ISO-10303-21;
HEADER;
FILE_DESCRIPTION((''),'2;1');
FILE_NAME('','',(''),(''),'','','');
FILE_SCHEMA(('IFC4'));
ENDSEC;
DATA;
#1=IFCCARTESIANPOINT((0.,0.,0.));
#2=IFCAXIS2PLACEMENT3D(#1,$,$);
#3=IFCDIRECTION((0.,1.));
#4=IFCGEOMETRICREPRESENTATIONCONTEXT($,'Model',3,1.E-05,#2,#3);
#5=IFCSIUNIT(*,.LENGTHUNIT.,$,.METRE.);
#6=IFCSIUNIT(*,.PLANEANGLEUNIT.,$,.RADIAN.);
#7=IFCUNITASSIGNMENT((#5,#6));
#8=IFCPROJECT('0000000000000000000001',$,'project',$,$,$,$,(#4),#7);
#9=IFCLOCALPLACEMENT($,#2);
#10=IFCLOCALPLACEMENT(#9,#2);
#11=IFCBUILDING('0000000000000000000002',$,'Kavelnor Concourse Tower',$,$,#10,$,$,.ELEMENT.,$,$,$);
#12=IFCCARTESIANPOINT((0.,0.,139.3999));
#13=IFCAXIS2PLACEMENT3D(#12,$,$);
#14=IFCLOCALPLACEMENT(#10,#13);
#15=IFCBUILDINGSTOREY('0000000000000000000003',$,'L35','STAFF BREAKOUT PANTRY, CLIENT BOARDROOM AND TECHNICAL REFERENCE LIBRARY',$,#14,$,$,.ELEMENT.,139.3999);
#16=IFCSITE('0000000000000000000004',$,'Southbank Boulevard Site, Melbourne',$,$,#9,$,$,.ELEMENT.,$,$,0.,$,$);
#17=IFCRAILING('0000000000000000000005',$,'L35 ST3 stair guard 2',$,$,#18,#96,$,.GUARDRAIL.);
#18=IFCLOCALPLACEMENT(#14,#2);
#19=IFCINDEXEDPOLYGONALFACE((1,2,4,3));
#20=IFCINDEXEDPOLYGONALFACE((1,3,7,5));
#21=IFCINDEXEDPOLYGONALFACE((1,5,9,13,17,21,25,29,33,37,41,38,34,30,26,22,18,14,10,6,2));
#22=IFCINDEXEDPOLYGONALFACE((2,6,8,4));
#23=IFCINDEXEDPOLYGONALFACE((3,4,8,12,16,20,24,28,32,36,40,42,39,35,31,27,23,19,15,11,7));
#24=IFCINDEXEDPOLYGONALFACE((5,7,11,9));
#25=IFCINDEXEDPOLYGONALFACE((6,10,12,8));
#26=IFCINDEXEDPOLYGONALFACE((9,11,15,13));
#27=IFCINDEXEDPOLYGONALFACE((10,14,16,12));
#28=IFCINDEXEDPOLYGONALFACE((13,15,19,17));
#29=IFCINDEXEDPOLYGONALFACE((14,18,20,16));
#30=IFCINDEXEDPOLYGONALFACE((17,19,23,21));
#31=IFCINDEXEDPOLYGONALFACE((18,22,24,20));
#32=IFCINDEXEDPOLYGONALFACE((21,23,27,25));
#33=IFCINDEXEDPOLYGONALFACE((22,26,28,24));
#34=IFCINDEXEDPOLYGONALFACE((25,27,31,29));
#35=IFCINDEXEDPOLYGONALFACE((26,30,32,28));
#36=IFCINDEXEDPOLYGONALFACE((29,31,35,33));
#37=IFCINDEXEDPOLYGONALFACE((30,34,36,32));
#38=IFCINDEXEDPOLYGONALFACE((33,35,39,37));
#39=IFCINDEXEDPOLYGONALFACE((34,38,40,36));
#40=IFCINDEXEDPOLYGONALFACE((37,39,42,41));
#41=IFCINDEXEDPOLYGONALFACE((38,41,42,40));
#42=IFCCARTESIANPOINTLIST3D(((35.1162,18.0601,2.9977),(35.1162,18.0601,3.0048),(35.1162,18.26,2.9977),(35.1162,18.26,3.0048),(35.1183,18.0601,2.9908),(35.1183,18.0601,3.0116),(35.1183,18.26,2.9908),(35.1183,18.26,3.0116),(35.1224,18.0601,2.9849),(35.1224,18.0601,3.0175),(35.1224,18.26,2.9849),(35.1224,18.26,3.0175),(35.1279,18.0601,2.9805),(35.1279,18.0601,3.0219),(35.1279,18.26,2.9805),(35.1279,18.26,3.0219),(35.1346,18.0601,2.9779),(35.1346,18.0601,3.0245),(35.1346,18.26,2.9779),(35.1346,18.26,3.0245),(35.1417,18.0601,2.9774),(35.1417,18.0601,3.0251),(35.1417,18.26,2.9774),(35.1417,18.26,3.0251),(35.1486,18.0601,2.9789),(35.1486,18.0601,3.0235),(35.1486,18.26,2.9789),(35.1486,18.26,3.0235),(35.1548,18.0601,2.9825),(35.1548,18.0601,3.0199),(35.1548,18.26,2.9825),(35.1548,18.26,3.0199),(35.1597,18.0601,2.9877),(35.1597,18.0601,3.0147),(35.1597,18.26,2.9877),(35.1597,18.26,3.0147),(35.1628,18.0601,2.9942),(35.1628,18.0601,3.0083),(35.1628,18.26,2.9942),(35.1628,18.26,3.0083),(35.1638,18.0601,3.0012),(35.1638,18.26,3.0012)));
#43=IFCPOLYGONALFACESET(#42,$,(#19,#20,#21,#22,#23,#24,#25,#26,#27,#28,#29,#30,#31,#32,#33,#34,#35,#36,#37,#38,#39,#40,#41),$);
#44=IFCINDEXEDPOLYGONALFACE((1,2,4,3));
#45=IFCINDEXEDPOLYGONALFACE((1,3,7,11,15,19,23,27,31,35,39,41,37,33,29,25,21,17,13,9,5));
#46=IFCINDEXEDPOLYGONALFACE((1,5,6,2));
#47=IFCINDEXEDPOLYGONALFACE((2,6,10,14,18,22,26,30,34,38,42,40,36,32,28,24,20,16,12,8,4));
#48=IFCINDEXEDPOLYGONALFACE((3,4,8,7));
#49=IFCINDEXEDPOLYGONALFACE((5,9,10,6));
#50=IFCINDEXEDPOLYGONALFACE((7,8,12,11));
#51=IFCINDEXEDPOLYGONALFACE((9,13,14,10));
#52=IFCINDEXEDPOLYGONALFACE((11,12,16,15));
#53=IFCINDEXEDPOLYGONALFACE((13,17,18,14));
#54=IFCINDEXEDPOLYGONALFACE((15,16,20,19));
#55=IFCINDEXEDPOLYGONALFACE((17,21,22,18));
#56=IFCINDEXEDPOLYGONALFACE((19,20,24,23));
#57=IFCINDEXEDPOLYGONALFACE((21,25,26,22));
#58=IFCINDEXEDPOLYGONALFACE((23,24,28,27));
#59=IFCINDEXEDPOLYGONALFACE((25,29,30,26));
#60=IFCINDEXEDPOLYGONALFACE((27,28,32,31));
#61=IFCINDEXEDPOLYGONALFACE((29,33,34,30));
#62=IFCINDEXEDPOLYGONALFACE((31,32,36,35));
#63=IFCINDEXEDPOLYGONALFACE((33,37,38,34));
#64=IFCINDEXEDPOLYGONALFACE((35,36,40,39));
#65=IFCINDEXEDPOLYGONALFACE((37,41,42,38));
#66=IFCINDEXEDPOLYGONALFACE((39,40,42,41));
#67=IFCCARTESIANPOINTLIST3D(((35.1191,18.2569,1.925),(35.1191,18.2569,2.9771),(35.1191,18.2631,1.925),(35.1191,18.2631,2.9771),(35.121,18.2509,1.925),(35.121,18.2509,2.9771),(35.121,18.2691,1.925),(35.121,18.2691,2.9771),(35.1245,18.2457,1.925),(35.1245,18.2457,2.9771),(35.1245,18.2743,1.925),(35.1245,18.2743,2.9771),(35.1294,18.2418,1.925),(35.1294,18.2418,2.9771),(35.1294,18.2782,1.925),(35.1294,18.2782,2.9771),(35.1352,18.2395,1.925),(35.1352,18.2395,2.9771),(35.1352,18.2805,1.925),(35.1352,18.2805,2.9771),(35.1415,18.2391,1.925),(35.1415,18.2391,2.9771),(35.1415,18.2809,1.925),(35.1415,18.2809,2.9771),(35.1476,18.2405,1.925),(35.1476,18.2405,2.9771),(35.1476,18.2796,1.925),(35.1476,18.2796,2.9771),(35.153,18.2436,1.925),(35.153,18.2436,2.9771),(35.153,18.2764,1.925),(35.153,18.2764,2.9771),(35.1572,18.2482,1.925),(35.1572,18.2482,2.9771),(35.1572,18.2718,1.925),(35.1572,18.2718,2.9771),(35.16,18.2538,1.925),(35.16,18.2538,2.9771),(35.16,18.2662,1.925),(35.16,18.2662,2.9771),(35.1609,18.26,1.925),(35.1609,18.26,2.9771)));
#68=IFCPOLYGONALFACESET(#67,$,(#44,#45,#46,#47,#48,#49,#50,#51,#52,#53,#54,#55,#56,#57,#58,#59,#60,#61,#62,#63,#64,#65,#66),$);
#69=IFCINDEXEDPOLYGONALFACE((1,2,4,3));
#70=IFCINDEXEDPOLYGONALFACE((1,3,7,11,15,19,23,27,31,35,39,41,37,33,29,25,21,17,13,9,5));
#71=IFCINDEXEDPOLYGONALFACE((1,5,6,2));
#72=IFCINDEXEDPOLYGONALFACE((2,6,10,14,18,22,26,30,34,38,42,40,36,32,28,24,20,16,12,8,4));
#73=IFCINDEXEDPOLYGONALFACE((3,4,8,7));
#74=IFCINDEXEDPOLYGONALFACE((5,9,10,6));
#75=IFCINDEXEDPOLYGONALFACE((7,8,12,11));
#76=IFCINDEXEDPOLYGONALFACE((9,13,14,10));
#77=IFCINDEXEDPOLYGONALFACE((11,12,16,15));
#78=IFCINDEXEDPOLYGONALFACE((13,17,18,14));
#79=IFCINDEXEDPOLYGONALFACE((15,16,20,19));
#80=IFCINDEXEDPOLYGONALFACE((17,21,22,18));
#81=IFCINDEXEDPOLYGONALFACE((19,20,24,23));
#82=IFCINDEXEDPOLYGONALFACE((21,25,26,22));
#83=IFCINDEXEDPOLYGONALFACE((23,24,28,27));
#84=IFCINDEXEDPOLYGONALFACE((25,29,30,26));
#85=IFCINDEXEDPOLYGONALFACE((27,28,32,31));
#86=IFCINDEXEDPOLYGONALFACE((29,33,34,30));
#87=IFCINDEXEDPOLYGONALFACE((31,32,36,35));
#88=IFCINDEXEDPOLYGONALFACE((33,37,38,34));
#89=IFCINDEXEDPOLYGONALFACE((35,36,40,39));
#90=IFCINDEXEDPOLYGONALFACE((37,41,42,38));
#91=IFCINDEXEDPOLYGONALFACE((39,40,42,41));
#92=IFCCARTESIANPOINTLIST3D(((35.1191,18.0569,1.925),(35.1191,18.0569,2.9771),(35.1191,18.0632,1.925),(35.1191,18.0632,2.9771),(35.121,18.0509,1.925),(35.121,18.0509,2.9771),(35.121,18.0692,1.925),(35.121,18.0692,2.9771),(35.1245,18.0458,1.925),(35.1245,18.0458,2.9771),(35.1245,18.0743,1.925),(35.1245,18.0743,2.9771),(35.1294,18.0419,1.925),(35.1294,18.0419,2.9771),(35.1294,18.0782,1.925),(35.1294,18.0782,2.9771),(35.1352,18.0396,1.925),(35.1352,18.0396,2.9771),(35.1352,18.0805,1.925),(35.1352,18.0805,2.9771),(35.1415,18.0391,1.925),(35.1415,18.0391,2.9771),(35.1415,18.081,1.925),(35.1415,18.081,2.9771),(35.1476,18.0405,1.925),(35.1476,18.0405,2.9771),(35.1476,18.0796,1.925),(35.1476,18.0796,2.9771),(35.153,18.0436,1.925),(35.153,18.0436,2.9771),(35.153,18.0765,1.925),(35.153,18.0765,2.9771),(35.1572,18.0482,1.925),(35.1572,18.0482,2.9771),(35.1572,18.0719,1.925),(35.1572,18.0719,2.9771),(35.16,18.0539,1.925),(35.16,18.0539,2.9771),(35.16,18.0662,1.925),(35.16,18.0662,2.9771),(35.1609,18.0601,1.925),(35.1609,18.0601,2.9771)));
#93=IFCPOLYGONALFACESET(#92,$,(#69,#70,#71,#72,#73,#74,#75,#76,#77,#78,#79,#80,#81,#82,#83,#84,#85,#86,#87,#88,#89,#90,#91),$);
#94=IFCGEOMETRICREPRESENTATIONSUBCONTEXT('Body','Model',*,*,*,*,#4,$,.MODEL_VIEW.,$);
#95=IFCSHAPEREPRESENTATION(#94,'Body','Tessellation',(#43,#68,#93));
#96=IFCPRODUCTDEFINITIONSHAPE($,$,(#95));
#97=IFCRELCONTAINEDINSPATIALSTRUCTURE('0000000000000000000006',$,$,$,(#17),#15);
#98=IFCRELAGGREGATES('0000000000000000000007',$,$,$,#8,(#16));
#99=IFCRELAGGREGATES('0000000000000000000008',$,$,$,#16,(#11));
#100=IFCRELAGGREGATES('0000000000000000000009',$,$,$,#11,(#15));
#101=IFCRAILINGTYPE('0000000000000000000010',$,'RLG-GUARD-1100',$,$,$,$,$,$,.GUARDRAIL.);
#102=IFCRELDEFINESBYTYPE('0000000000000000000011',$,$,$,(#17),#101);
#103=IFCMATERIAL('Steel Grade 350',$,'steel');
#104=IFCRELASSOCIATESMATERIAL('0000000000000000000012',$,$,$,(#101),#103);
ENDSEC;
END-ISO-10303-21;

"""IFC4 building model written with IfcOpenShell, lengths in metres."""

from ifc_helpers import new_model, si_unit, direction, frame, origin, origin_2d, place, context, subcontext, project, spatial, circle, extrude, material, type_object, element, save


model = new_model("IFC4")

# Units and contexts
model_context = context("Model", 3, precision=1e-05, world=origin(), true_north=direction((0.0, 1.0)))
body_context = subcontext(model_context, "Body", "Model", "MODEL_VIEW")
ifc_project = project(units=[si_unit("LENGTHUNIT", "METRE"), si_unit("PLANEANGLEUNIT", "RADIAN")], contexts=[model_context])

# Site, building, storey
site_placement = place(None, origin())
site = spatial("IfcSite", under=ifc_project, at=site_placement, Name="Southbank Boulevard Site, Melbourne", CompositionType="ELEMENT", RefElevation=0.0)
building_placement = place(site_placement, origin())
building = spatial("IfcBuilding", under=site, at=building_placement, Name="Kavelnor Concourse Tower", CompositionType="ELEMENT")
storey_placement = place(building_placement, frame((0.0, 0.0, 139.3999)))
storey = spatial("IfcBuildingStorey", under=building, at=storey_placement, Name="L35", Description="STAFF BREAKOUT PANTRY, CLIENT BOARDROOM AND TECHNICAL REFERENCE LIBRARY", CompositionType="ELEMENT", Elevation=139.3999)

# Shared definitions
ifc_material_1 = material(Name="Steel Grade 350", Category="steel")

# Railing
railing_type_1 = type_object("IfcRailingType", Name="RLG-GUARD-1100", PredefinedType="GUARDRAIL", material=ifc_material_1)
railing_1_placement = place(storey_placement, frame((35.1399, 18.26, 1.925)))
element("IfcRailing", 1, at=railing_1_placement, inside=storey, type_object=railing_type_1, Name="L35 ST3 stair guard 2", PredefinedType="GUARDRAIL", context=body_context, shape_type="SweptSolid", body=[
    extrude(circle(Radius=0.0239, at=origin_2d()), frame((0.0, 0.0, 1.0762), z_axis=(0.0, -1.0, 0.0), x_axis=(1.0, 0.0, 0.0)), (0.0, 0.0, 1.0), 0.2),
    extrude(circle(Radius=0.021, at=origin_2d()), origin(), (0.0, 0.0, 1.0), 1.052),
    extrude(circle(Radius=0.021, at=origin_2d()), frame((0.0, -0.2, 0.0)), (0.0, 0.0, 1.0), 1.052),
])

save(model, "model.ifc")
